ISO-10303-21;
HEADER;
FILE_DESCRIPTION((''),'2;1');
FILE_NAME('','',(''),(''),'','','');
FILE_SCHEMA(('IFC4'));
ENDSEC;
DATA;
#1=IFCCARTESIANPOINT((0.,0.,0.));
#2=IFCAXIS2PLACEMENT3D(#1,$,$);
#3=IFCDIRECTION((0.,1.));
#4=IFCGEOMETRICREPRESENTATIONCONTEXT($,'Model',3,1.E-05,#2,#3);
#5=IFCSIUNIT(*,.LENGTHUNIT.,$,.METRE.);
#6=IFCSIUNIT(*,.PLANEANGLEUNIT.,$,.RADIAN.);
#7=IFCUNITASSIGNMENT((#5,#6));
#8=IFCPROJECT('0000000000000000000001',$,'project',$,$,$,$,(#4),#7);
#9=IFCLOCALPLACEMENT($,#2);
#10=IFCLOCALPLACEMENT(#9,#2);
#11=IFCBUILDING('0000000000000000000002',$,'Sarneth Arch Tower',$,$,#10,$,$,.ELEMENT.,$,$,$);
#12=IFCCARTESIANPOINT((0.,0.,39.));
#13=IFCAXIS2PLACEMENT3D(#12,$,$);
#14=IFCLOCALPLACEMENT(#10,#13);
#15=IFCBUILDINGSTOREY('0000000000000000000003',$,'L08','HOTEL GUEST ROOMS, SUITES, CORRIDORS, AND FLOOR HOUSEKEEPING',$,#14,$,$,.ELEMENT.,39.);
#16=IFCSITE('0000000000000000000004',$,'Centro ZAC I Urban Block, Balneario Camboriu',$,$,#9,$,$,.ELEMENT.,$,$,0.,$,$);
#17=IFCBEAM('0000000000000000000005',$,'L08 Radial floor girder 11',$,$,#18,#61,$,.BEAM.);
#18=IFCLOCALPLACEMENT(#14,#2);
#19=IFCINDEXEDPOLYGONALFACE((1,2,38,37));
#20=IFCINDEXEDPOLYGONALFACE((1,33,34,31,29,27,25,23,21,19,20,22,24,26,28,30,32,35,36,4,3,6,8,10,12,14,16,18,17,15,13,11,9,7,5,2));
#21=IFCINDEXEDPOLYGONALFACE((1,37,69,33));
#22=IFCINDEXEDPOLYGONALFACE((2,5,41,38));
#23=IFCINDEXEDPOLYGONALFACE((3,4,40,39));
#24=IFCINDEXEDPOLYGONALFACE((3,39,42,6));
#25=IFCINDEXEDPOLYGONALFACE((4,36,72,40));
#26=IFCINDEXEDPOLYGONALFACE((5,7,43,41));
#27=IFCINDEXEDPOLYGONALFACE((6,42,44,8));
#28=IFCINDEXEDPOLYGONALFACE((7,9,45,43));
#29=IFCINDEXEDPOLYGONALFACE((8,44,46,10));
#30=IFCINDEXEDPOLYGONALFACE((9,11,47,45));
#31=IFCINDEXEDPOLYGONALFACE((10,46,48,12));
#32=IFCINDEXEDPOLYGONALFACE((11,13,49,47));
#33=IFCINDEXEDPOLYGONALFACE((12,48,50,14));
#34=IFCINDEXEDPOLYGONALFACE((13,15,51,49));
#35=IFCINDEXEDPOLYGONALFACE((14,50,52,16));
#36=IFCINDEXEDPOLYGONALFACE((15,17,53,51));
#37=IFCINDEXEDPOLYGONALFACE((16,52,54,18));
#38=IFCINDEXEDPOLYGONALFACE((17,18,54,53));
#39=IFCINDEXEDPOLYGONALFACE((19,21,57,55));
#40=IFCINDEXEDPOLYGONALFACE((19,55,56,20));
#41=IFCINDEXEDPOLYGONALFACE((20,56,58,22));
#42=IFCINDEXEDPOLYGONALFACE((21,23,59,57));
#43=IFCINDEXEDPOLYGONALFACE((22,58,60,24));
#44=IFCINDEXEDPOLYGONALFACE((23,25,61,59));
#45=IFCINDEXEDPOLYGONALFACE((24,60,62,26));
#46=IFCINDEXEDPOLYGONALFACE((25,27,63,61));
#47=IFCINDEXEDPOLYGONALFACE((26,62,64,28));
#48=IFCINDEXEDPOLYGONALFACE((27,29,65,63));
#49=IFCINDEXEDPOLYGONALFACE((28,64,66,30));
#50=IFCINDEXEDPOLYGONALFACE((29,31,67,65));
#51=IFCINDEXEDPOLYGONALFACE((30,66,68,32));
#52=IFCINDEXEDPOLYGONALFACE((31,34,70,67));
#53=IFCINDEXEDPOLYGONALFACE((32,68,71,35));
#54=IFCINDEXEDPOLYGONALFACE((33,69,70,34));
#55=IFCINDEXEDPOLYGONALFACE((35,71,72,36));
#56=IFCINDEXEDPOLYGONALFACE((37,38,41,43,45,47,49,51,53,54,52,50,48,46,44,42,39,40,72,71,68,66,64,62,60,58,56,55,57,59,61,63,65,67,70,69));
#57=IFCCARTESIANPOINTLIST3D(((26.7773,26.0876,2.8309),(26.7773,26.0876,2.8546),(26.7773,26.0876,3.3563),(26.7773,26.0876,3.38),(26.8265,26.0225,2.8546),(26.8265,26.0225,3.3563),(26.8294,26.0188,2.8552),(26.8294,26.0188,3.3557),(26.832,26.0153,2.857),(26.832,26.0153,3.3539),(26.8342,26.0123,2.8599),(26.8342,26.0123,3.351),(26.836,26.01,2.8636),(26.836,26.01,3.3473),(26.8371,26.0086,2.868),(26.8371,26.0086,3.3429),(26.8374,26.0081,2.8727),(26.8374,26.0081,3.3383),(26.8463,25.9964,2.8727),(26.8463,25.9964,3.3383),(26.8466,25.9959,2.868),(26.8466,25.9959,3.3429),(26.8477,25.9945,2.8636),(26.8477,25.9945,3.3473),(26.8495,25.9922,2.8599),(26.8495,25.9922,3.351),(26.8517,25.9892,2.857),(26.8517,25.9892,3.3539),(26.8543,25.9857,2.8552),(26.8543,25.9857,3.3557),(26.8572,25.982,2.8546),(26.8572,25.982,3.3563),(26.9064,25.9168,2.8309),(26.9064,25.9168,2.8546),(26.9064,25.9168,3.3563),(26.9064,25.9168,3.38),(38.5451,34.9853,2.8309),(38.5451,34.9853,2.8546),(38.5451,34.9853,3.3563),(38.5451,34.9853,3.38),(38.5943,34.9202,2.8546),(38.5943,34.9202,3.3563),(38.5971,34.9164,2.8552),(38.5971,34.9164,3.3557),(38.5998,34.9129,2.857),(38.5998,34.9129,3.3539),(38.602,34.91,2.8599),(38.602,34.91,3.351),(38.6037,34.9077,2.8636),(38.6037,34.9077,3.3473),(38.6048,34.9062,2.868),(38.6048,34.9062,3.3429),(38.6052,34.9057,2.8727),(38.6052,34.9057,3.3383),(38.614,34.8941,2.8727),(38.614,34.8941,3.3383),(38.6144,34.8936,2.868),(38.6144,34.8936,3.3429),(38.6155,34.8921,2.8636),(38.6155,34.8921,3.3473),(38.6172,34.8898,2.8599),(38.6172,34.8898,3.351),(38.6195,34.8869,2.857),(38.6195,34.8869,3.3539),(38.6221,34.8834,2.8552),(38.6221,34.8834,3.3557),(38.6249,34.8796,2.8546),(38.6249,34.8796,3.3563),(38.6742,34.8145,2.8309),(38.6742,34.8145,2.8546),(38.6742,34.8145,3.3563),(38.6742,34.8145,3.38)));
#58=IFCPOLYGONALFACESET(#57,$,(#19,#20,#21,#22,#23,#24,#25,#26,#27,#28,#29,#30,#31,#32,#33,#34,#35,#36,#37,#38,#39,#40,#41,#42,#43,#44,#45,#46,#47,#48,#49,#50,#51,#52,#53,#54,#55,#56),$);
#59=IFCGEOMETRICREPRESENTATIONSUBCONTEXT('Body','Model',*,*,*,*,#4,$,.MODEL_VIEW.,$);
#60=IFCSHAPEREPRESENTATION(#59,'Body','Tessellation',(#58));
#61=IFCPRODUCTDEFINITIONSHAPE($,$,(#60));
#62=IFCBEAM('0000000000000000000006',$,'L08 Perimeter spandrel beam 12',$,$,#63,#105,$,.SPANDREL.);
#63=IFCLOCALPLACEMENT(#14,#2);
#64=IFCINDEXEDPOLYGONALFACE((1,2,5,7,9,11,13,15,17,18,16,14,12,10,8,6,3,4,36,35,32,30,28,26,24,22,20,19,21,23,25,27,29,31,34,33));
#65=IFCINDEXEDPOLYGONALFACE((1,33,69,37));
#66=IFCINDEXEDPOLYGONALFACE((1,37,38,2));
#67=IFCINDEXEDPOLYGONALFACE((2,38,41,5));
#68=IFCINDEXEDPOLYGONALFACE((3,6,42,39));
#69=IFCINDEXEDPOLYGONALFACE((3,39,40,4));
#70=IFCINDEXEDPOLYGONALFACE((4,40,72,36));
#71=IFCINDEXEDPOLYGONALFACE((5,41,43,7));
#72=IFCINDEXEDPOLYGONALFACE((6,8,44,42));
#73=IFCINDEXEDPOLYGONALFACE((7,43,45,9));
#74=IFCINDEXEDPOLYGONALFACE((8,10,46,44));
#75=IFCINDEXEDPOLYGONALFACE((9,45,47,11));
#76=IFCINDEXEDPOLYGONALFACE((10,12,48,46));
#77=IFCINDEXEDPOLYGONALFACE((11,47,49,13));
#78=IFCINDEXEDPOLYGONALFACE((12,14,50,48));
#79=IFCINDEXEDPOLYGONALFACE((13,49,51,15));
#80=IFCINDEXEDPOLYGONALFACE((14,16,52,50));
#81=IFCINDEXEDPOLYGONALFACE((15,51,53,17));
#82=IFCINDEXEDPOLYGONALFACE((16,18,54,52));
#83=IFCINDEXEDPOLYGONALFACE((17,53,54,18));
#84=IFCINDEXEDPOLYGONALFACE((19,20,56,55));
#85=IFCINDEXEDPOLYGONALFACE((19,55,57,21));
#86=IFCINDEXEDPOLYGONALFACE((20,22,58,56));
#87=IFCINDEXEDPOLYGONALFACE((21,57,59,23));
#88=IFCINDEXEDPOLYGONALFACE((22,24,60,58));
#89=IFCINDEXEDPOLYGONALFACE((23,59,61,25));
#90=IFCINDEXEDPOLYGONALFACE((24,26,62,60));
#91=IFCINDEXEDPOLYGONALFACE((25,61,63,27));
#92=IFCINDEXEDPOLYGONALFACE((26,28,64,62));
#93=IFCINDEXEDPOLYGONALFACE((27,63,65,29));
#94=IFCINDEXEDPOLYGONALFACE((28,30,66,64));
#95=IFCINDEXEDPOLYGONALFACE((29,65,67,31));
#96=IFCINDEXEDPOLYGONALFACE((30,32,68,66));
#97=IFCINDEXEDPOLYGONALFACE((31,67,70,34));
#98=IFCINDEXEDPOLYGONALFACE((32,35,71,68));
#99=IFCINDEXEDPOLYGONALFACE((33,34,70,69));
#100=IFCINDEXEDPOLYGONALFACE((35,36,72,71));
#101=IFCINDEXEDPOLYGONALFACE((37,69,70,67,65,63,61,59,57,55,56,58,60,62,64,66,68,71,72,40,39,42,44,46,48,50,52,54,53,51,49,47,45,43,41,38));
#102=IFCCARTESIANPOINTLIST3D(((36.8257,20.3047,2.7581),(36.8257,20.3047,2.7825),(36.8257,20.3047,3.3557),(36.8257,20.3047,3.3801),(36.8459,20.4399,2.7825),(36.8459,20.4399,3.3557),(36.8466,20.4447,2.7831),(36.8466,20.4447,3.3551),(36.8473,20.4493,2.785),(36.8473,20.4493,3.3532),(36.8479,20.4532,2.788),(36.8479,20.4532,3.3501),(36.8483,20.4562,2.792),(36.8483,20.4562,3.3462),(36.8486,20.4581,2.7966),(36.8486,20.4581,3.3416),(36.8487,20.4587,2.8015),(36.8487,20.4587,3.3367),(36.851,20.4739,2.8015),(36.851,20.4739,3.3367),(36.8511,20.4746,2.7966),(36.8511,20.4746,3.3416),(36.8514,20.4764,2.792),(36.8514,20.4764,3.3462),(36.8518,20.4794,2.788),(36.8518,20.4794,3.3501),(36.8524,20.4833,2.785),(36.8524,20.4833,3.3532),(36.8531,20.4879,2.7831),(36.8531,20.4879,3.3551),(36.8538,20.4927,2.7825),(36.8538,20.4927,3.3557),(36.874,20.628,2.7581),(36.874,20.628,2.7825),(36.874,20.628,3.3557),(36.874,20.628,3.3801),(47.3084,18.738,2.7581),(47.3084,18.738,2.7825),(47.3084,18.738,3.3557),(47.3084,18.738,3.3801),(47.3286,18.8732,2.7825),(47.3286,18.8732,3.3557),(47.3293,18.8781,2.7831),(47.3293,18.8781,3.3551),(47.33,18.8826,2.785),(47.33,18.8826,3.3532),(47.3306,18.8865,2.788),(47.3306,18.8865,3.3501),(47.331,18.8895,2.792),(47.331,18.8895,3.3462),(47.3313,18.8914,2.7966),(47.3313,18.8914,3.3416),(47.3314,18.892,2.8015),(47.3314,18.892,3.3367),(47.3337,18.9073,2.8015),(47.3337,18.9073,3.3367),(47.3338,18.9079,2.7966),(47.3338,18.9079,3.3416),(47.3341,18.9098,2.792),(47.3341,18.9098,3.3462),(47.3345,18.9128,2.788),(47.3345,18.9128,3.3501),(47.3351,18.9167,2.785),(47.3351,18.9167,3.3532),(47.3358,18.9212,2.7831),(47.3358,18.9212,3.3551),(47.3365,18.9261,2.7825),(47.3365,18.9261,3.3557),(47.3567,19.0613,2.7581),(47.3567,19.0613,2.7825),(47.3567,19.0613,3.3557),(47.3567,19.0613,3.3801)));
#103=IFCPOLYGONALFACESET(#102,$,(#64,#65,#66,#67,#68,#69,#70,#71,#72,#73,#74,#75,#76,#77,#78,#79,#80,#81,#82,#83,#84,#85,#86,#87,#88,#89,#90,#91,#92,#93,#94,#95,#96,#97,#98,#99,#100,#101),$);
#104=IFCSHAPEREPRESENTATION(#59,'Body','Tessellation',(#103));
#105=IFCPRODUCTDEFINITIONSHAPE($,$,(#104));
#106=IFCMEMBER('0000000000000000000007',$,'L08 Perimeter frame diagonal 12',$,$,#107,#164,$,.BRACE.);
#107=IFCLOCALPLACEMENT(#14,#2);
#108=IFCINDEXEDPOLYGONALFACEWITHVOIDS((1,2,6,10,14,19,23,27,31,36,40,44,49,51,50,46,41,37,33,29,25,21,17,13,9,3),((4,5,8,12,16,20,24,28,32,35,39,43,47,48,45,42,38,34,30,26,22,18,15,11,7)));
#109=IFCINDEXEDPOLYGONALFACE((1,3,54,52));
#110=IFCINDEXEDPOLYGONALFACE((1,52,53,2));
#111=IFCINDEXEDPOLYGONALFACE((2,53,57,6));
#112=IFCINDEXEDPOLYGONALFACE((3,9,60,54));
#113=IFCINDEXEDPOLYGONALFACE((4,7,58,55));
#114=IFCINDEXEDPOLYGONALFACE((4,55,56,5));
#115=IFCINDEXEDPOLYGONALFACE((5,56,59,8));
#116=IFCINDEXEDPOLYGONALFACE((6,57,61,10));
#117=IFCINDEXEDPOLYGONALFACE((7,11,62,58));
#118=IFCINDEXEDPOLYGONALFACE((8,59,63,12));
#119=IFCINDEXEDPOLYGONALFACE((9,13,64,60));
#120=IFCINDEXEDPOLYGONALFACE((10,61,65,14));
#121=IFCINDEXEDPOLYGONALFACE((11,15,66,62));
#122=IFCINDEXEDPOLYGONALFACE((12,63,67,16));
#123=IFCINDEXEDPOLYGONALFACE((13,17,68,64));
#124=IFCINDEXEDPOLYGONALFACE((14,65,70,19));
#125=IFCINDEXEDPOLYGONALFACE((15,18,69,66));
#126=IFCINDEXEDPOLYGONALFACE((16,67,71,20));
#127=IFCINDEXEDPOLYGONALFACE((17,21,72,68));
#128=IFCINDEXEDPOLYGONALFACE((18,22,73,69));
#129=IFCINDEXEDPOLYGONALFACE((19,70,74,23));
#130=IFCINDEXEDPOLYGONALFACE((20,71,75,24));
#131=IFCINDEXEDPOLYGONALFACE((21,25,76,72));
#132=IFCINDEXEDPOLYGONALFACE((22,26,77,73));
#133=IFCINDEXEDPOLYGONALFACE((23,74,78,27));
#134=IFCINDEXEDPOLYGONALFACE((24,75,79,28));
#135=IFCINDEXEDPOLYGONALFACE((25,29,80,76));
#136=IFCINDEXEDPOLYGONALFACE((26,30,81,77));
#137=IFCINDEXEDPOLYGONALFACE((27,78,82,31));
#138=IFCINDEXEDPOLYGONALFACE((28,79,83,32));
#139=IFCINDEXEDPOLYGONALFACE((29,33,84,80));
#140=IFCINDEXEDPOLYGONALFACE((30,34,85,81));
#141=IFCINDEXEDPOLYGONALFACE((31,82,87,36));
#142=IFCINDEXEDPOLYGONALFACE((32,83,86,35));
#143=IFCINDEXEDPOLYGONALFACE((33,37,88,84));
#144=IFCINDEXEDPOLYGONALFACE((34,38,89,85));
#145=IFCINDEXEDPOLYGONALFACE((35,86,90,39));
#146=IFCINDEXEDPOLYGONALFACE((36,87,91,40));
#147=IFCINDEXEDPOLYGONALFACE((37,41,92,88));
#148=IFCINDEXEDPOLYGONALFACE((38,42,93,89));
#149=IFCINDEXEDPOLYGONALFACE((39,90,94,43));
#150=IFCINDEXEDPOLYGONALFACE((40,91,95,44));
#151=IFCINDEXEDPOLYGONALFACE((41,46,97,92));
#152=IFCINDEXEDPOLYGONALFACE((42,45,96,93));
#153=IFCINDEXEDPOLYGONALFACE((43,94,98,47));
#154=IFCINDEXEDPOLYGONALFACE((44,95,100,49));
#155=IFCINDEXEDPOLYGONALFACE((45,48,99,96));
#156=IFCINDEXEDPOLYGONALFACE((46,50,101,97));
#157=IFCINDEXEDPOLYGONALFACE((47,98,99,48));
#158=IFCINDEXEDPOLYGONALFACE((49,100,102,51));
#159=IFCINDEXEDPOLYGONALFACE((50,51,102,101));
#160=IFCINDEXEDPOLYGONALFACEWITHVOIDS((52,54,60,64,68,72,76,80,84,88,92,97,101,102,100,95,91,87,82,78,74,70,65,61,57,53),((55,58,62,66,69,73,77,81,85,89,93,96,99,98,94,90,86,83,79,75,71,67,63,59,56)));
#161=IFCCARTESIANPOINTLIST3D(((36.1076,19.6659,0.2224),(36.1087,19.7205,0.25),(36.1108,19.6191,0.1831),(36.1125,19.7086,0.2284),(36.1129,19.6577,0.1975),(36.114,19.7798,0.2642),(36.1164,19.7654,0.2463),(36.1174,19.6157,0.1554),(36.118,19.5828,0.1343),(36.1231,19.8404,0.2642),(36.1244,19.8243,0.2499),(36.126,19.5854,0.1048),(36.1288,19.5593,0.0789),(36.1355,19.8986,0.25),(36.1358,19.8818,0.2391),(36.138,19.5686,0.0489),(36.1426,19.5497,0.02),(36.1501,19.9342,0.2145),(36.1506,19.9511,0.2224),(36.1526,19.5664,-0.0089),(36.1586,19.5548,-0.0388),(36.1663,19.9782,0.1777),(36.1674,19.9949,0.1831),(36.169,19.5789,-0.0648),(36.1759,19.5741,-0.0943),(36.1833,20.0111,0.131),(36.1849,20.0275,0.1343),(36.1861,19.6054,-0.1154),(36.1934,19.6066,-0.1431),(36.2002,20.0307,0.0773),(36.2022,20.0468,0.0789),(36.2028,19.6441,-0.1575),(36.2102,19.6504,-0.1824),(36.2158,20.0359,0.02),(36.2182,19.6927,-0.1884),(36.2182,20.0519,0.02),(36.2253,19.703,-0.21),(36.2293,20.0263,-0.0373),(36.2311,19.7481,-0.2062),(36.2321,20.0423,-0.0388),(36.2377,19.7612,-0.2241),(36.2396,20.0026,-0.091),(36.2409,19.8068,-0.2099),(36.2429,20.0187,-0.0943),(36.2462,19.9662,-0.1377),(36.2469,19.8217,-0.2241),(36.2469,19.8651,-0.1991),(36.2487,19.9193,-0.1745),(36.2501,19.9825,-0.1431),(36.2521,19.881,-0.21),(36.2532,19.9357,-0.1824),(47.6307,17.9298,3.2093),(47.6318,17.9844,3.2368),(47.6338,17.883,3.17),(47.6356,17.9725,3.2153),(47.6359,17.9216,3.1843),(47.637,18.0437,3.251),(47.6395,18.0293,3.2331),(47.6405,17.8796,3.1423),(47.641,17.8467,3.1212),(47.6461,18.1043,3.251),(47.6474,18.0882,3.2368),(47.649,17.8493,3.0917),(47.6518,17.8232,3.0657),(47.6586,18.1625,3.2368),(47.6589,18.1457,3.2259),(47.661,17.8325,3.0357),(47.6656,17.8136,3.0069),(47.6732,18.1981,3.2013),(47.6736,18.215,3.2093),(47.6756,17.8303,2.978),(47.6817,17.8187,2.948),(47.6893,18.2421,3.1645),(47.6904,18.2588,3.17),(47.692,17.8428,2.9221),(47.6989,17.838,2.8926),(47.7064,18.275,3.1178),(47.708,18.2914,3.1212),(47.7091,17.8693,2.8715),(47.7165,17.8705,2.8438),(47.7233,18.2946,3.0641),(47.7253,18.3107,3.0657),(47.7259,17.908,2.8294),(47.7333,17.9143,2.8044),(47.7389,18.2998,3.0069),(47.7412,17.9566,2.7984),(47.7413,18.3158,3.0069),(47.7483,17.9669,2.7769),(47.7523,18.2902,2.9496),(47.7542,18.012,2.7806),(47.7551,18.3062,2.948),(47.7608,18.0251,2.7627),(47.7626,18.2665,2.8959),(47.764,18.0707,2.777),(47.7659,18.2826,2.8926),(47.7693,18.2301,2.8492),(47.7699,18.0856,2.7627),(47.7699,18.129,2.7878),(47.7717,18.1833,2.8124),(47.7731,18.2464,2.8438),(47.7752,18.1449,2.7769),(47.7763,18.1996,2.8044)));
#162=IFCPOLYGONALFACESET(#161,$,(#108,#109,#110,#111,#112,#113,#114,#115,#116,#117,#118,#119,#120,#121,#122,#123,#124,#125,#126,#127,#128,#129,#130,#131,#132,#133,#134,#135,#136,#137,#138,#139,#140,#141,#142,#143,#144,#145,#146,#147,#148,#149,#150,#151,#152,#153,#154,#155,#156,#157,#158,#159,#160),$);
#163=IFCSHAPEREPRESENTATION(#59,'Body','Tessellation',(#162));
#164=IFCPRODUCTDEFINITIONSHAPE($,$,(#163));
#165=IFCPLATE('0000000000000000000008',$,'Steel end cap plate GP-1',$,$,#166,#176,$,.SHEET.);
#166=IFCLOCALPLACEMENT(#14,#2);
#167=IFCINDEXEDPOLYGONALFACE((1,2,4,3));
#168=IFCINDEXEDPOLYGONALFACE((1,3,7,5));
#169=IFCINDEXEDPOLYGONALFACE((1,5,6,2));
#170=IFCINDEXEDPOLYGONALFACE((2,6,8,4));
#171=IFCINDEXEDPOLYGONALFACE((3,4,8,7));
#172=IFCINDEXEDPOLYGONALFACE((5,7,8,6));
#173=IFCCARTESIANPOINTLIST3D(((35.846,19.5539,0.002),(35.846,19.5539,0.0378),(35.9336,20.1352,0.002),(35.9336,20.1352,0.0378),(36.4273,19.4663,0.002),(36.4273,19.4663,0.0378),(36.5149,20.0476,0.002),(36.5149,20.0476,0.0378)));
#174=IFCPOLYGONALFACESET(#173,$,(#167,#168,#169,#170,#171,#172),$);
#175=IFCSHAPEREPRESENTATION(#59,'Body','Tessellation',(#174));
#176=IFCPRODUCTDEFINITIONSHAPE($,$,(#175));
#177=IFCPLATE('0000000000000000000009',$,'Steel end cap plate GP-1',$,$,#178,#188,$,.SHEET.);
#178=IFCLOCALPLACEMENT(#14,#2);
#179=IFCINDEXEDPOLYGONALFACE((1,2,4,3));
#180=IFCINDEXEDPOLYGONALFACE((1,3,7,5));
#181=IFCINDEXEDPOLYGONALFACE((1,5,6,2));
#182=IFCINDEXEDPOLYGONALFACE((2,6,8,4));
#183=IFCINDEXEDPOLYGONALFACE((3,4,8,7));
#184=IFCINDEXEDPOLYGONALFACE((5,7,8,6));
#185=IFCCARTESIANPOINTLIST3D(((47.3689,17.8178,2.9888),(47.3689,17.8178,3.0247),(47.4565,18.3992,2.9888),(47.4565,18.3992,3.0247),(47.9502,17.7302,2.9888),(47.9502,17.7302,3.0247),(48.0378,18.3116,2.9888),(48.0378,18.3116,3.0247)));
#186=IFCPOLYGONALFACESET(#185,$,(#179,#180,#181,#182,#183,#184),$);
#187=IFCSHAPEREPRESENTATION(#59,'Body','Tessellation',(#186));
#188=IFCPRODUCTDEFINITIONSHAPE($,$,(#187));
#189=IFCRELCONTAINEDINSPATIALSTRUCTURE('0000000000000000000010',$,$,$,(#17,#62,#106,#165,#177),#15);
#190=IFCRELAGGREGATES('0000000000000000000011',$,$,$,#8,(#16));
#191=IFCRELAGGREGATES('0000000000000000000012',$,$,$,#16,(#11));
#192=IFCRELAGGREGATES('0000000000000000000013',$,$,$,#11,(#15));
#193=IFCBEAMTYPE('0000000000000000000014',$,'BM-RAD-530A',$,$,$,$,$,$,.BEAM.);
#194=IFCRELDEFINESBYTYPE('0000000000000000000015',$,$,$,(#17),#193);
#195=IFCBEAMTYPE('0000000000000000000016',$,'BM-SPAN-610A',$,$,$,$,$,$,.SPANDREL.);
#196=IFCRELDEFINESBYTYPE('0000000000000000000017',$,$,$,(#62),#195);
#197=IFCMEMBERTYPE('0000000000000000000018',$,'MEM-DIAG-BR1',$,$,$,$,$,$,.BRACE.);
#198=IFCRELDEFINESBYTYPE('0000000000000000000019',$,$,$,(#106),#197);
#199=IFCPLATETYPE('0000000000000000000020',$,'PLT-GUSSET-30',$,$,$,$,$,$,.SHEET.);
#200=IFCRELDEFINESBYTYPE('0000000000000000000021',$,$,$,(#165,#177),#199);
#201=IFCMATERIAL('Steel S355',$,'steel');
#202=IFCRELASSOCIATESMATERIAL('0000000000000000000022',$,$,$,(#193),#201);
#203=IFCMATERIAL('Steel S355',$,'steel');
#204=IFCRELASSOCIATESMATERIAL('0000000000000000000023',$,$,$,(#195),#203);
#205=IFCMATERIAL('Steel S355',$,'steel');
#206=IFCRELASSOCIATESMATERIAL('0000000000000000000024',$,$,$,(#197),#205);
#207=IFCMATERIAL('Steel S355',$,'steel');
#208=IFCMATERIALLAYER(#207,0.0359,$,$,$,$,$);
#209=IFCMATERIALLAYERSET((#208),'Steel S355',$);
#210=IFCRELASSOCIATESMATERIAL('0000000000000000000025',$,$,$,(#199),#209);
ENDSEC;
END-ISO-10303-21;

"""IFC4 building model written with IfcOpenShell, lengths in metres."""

from ifc_helpers import new_model, si_unit, direction, frame, origin, origin_2d, place, context, subcontext, project, spatial, rectangle, hollow_circle, i_section, extrude, material, layer, layer_set, material_profile, profile_set, type_object, element, save


model = new_model("IFC4")

# Units and contexts
model_context = context("Model", 3, precision=1e-05, world=origin(), true_north=direction((0.0, 1.0)))
body_context = subcontext(model_context, "Body", "Model", "MODEL_VIEW")
ifc_project = project(units=[si_unit("LENGTHUNIT", "METRE"), si_unit("PLANEANGLEUNIT", "RADIAN")], contexts=[model_context])

# Site, building, storey
site_placement = place(None, origin())
site = spatial("IfcSite", under=ifc_project, at=site_placement, Name="Centro ZAC I Urban Block, Balneario Camboriu", CompositionType="ELEMENT", RefElevation=0.0)
building_placement = place(site_placement, origin())
building = spatial("IfcBuilding", under=site, at=building_placement, Name="Sarneth Arch Tower", CompositionType="ELEMENT")
storey_placement = place(building_placement, frame((0.0, 0.0, 39.0)))
storey = spatial("IfcBuildingStorey", under=building, at=storey_placement, Name="L08", Description="HOTEL GUEST ROOMS, SUITES, CORRIDORS, AND FLOOR HOUSEKEEPING", CompositionType="ELEMENT", Elevation=39.0)

# Beams
ifc_material_1 = material(Name="Steel S355", Category="steel")
ifc_material_profile_1 = material_profile(ifc_material_1, i_section(OverallWidth=0.2141, OverallDepth=0.5491, WebThickness=0.0146, FlangeThickness=0.0237, FilletRadius=0.0181, at=origin_2d()), Name="W530x138")
ifc_profile_set_1 = profile_set([ifc_material_profile_1], Name="Steel S355")
beam_type_1 = type_object("IfcBeamType", Name="BM-RAD-530A", PredefinedType="BEAM", material=ifc_profile_set_1)
beam_1_placement = place(storey_placement, frame((38.6096, 34.8999, 3.1055), z_axis=(-0.797657, -0.603112, 0.0), x_axis=(0.603112, -0.797657, 0.0)))
element("IfcBeam", 1, at=beam_1_placement, inside=storey, type_object=beam_type_1, Name="L08 Radial floor girder 11", PredefinedType="BEAM", context=body_context, shape_type="SweptSolid", body=[
    extrude(i_section(OverallWidth=0.2141, OverallDepth=0.5491, WebThickness=0.0146, FlangeThickness=0.0237, FilletRadius=0.0181, at=origin_2d()), origin(), (0.0, 0.0, 1.0), 14.7529),
])
ifc_material_2 = material(Name="Steel S355", Category="steel")
ifc_material_profile_2 = material_profile(ifc_material_2, i_section(OverallWidth=0.3269, OverallDepth=0.6221, WebThickness=0.0154, FlangeThickness=0.0244, FilletRadius=0.019, at=origin_2d()), Name="W610x195")
ifc_profile_set_2 = profile_set([ifc_material_profile_2], Name="Steel S355")
beam_type_2 = type_object("IfcBeamType", Name="BM-SPAN-610A", PredefinedType="SPANDREL", material=ifc_profile_set_2)
beam_2_placement = place(storey_placement, frame((36.8499, 20.4663, 3.0691), z_axis=(0.989016, -0.14781, 0.0), x_axis=(0.14781, 0.989016, 0.0)))
element("IfcBeam", 2, at=beam_2_placement, inside=storey, type_object=beam_type_2, Name="L08 Perimeter spandrel beam 12", PredefinedType="SPANDREL", context=body_context, shape_type="SweptSolid", body=[
    extrude(i_section(OverallWidth=0.3269, OverallDepth=0.6221, WebThickness=0.0154, FlangeThickness=0.0244, FilletRadius=0.019, at=origin_2d()), origin(), (0.0, 0.0, 1.0), 10.5991),
])

# Member
ifc_material_3 = material(Name="Steel S355", Category="steel")
ifc_material_profile_3 = material_profile(ifc_material_3, hollow_circle(Radius=0.2539, WallThickness=0.0161, at=origin_2d()), Name="CHS508x16")
ifc_profile_set_3 = profile_set([ifc_material_profile_3], Name="Steel S355")
member_type = type_object("IfcMemberType", Name="MEM-DIAG-BR1", PredefinedType="BRACE", material=ifc_profile_set_3)
member_placement = place(storey_placement, frame((36.1804, 19.8008, 0.02), z_axis=(0.957876, -0.144317, 0.248287), x_axis=(0.148982, 0.98884, 0.0)))
element("IfcMember", 3, at=member_placement, inside=storey, type_object=member_type, Name="L08 Perimeter frame diagonal 12", PredefinedType="BRACE", context=body_context, shape_type="SweptSolid", body=[
    extrude(hollow_circle(Radius=0.2539, WallThickness=0.0161, at=origin_2d()), origin(), (0.0, 0.0, 1.0), 12.0298),
])

# Plates
ifc_material_4 = material(Name="Steel S355", Category="steel")
ifc_layer_1 = layer(ifc_material_4, 0.0359)
ifc_layer_set_1 = layer_set([ifc_layer_1], Name="Steel S355")
plate_type = type_object("IfcPlateType", Name="PLT-GUSSET-30", PredefinedType="SHEET", material=ifc_layer_set_1)
for number, where, z_axis, x_axis, name in (
    (4, (36.1804, 19.8008, 0.002), (0.0, 0.0, 1.0), (0.988835, -0.149018, 0.0), "Steel end cap plate GP-1"),
    (5, (47.7034, 18.0647, 2.9888), (0.0, 0.0, 1.0), (0.988835, -0.149018, 0.0), "Steel end cap plate GP-1"),
):
    element("IfcPlate", number, at=place(storey_placement, frame(where, z_axis=z_axis, x_axis=x_axis)), inside=storey, type_object=plate_type, Name=name, PredefinedType="SHEET", context=body_context, shape_type="SweptSolid", body=[
        extrude(rectangle(XDim=0.5879, YDim=0.5879, at=origin_2d()), origin(), (0.0, 0.0, 1.0), 0.0359),
    ])

save(model, "model.ifc")
